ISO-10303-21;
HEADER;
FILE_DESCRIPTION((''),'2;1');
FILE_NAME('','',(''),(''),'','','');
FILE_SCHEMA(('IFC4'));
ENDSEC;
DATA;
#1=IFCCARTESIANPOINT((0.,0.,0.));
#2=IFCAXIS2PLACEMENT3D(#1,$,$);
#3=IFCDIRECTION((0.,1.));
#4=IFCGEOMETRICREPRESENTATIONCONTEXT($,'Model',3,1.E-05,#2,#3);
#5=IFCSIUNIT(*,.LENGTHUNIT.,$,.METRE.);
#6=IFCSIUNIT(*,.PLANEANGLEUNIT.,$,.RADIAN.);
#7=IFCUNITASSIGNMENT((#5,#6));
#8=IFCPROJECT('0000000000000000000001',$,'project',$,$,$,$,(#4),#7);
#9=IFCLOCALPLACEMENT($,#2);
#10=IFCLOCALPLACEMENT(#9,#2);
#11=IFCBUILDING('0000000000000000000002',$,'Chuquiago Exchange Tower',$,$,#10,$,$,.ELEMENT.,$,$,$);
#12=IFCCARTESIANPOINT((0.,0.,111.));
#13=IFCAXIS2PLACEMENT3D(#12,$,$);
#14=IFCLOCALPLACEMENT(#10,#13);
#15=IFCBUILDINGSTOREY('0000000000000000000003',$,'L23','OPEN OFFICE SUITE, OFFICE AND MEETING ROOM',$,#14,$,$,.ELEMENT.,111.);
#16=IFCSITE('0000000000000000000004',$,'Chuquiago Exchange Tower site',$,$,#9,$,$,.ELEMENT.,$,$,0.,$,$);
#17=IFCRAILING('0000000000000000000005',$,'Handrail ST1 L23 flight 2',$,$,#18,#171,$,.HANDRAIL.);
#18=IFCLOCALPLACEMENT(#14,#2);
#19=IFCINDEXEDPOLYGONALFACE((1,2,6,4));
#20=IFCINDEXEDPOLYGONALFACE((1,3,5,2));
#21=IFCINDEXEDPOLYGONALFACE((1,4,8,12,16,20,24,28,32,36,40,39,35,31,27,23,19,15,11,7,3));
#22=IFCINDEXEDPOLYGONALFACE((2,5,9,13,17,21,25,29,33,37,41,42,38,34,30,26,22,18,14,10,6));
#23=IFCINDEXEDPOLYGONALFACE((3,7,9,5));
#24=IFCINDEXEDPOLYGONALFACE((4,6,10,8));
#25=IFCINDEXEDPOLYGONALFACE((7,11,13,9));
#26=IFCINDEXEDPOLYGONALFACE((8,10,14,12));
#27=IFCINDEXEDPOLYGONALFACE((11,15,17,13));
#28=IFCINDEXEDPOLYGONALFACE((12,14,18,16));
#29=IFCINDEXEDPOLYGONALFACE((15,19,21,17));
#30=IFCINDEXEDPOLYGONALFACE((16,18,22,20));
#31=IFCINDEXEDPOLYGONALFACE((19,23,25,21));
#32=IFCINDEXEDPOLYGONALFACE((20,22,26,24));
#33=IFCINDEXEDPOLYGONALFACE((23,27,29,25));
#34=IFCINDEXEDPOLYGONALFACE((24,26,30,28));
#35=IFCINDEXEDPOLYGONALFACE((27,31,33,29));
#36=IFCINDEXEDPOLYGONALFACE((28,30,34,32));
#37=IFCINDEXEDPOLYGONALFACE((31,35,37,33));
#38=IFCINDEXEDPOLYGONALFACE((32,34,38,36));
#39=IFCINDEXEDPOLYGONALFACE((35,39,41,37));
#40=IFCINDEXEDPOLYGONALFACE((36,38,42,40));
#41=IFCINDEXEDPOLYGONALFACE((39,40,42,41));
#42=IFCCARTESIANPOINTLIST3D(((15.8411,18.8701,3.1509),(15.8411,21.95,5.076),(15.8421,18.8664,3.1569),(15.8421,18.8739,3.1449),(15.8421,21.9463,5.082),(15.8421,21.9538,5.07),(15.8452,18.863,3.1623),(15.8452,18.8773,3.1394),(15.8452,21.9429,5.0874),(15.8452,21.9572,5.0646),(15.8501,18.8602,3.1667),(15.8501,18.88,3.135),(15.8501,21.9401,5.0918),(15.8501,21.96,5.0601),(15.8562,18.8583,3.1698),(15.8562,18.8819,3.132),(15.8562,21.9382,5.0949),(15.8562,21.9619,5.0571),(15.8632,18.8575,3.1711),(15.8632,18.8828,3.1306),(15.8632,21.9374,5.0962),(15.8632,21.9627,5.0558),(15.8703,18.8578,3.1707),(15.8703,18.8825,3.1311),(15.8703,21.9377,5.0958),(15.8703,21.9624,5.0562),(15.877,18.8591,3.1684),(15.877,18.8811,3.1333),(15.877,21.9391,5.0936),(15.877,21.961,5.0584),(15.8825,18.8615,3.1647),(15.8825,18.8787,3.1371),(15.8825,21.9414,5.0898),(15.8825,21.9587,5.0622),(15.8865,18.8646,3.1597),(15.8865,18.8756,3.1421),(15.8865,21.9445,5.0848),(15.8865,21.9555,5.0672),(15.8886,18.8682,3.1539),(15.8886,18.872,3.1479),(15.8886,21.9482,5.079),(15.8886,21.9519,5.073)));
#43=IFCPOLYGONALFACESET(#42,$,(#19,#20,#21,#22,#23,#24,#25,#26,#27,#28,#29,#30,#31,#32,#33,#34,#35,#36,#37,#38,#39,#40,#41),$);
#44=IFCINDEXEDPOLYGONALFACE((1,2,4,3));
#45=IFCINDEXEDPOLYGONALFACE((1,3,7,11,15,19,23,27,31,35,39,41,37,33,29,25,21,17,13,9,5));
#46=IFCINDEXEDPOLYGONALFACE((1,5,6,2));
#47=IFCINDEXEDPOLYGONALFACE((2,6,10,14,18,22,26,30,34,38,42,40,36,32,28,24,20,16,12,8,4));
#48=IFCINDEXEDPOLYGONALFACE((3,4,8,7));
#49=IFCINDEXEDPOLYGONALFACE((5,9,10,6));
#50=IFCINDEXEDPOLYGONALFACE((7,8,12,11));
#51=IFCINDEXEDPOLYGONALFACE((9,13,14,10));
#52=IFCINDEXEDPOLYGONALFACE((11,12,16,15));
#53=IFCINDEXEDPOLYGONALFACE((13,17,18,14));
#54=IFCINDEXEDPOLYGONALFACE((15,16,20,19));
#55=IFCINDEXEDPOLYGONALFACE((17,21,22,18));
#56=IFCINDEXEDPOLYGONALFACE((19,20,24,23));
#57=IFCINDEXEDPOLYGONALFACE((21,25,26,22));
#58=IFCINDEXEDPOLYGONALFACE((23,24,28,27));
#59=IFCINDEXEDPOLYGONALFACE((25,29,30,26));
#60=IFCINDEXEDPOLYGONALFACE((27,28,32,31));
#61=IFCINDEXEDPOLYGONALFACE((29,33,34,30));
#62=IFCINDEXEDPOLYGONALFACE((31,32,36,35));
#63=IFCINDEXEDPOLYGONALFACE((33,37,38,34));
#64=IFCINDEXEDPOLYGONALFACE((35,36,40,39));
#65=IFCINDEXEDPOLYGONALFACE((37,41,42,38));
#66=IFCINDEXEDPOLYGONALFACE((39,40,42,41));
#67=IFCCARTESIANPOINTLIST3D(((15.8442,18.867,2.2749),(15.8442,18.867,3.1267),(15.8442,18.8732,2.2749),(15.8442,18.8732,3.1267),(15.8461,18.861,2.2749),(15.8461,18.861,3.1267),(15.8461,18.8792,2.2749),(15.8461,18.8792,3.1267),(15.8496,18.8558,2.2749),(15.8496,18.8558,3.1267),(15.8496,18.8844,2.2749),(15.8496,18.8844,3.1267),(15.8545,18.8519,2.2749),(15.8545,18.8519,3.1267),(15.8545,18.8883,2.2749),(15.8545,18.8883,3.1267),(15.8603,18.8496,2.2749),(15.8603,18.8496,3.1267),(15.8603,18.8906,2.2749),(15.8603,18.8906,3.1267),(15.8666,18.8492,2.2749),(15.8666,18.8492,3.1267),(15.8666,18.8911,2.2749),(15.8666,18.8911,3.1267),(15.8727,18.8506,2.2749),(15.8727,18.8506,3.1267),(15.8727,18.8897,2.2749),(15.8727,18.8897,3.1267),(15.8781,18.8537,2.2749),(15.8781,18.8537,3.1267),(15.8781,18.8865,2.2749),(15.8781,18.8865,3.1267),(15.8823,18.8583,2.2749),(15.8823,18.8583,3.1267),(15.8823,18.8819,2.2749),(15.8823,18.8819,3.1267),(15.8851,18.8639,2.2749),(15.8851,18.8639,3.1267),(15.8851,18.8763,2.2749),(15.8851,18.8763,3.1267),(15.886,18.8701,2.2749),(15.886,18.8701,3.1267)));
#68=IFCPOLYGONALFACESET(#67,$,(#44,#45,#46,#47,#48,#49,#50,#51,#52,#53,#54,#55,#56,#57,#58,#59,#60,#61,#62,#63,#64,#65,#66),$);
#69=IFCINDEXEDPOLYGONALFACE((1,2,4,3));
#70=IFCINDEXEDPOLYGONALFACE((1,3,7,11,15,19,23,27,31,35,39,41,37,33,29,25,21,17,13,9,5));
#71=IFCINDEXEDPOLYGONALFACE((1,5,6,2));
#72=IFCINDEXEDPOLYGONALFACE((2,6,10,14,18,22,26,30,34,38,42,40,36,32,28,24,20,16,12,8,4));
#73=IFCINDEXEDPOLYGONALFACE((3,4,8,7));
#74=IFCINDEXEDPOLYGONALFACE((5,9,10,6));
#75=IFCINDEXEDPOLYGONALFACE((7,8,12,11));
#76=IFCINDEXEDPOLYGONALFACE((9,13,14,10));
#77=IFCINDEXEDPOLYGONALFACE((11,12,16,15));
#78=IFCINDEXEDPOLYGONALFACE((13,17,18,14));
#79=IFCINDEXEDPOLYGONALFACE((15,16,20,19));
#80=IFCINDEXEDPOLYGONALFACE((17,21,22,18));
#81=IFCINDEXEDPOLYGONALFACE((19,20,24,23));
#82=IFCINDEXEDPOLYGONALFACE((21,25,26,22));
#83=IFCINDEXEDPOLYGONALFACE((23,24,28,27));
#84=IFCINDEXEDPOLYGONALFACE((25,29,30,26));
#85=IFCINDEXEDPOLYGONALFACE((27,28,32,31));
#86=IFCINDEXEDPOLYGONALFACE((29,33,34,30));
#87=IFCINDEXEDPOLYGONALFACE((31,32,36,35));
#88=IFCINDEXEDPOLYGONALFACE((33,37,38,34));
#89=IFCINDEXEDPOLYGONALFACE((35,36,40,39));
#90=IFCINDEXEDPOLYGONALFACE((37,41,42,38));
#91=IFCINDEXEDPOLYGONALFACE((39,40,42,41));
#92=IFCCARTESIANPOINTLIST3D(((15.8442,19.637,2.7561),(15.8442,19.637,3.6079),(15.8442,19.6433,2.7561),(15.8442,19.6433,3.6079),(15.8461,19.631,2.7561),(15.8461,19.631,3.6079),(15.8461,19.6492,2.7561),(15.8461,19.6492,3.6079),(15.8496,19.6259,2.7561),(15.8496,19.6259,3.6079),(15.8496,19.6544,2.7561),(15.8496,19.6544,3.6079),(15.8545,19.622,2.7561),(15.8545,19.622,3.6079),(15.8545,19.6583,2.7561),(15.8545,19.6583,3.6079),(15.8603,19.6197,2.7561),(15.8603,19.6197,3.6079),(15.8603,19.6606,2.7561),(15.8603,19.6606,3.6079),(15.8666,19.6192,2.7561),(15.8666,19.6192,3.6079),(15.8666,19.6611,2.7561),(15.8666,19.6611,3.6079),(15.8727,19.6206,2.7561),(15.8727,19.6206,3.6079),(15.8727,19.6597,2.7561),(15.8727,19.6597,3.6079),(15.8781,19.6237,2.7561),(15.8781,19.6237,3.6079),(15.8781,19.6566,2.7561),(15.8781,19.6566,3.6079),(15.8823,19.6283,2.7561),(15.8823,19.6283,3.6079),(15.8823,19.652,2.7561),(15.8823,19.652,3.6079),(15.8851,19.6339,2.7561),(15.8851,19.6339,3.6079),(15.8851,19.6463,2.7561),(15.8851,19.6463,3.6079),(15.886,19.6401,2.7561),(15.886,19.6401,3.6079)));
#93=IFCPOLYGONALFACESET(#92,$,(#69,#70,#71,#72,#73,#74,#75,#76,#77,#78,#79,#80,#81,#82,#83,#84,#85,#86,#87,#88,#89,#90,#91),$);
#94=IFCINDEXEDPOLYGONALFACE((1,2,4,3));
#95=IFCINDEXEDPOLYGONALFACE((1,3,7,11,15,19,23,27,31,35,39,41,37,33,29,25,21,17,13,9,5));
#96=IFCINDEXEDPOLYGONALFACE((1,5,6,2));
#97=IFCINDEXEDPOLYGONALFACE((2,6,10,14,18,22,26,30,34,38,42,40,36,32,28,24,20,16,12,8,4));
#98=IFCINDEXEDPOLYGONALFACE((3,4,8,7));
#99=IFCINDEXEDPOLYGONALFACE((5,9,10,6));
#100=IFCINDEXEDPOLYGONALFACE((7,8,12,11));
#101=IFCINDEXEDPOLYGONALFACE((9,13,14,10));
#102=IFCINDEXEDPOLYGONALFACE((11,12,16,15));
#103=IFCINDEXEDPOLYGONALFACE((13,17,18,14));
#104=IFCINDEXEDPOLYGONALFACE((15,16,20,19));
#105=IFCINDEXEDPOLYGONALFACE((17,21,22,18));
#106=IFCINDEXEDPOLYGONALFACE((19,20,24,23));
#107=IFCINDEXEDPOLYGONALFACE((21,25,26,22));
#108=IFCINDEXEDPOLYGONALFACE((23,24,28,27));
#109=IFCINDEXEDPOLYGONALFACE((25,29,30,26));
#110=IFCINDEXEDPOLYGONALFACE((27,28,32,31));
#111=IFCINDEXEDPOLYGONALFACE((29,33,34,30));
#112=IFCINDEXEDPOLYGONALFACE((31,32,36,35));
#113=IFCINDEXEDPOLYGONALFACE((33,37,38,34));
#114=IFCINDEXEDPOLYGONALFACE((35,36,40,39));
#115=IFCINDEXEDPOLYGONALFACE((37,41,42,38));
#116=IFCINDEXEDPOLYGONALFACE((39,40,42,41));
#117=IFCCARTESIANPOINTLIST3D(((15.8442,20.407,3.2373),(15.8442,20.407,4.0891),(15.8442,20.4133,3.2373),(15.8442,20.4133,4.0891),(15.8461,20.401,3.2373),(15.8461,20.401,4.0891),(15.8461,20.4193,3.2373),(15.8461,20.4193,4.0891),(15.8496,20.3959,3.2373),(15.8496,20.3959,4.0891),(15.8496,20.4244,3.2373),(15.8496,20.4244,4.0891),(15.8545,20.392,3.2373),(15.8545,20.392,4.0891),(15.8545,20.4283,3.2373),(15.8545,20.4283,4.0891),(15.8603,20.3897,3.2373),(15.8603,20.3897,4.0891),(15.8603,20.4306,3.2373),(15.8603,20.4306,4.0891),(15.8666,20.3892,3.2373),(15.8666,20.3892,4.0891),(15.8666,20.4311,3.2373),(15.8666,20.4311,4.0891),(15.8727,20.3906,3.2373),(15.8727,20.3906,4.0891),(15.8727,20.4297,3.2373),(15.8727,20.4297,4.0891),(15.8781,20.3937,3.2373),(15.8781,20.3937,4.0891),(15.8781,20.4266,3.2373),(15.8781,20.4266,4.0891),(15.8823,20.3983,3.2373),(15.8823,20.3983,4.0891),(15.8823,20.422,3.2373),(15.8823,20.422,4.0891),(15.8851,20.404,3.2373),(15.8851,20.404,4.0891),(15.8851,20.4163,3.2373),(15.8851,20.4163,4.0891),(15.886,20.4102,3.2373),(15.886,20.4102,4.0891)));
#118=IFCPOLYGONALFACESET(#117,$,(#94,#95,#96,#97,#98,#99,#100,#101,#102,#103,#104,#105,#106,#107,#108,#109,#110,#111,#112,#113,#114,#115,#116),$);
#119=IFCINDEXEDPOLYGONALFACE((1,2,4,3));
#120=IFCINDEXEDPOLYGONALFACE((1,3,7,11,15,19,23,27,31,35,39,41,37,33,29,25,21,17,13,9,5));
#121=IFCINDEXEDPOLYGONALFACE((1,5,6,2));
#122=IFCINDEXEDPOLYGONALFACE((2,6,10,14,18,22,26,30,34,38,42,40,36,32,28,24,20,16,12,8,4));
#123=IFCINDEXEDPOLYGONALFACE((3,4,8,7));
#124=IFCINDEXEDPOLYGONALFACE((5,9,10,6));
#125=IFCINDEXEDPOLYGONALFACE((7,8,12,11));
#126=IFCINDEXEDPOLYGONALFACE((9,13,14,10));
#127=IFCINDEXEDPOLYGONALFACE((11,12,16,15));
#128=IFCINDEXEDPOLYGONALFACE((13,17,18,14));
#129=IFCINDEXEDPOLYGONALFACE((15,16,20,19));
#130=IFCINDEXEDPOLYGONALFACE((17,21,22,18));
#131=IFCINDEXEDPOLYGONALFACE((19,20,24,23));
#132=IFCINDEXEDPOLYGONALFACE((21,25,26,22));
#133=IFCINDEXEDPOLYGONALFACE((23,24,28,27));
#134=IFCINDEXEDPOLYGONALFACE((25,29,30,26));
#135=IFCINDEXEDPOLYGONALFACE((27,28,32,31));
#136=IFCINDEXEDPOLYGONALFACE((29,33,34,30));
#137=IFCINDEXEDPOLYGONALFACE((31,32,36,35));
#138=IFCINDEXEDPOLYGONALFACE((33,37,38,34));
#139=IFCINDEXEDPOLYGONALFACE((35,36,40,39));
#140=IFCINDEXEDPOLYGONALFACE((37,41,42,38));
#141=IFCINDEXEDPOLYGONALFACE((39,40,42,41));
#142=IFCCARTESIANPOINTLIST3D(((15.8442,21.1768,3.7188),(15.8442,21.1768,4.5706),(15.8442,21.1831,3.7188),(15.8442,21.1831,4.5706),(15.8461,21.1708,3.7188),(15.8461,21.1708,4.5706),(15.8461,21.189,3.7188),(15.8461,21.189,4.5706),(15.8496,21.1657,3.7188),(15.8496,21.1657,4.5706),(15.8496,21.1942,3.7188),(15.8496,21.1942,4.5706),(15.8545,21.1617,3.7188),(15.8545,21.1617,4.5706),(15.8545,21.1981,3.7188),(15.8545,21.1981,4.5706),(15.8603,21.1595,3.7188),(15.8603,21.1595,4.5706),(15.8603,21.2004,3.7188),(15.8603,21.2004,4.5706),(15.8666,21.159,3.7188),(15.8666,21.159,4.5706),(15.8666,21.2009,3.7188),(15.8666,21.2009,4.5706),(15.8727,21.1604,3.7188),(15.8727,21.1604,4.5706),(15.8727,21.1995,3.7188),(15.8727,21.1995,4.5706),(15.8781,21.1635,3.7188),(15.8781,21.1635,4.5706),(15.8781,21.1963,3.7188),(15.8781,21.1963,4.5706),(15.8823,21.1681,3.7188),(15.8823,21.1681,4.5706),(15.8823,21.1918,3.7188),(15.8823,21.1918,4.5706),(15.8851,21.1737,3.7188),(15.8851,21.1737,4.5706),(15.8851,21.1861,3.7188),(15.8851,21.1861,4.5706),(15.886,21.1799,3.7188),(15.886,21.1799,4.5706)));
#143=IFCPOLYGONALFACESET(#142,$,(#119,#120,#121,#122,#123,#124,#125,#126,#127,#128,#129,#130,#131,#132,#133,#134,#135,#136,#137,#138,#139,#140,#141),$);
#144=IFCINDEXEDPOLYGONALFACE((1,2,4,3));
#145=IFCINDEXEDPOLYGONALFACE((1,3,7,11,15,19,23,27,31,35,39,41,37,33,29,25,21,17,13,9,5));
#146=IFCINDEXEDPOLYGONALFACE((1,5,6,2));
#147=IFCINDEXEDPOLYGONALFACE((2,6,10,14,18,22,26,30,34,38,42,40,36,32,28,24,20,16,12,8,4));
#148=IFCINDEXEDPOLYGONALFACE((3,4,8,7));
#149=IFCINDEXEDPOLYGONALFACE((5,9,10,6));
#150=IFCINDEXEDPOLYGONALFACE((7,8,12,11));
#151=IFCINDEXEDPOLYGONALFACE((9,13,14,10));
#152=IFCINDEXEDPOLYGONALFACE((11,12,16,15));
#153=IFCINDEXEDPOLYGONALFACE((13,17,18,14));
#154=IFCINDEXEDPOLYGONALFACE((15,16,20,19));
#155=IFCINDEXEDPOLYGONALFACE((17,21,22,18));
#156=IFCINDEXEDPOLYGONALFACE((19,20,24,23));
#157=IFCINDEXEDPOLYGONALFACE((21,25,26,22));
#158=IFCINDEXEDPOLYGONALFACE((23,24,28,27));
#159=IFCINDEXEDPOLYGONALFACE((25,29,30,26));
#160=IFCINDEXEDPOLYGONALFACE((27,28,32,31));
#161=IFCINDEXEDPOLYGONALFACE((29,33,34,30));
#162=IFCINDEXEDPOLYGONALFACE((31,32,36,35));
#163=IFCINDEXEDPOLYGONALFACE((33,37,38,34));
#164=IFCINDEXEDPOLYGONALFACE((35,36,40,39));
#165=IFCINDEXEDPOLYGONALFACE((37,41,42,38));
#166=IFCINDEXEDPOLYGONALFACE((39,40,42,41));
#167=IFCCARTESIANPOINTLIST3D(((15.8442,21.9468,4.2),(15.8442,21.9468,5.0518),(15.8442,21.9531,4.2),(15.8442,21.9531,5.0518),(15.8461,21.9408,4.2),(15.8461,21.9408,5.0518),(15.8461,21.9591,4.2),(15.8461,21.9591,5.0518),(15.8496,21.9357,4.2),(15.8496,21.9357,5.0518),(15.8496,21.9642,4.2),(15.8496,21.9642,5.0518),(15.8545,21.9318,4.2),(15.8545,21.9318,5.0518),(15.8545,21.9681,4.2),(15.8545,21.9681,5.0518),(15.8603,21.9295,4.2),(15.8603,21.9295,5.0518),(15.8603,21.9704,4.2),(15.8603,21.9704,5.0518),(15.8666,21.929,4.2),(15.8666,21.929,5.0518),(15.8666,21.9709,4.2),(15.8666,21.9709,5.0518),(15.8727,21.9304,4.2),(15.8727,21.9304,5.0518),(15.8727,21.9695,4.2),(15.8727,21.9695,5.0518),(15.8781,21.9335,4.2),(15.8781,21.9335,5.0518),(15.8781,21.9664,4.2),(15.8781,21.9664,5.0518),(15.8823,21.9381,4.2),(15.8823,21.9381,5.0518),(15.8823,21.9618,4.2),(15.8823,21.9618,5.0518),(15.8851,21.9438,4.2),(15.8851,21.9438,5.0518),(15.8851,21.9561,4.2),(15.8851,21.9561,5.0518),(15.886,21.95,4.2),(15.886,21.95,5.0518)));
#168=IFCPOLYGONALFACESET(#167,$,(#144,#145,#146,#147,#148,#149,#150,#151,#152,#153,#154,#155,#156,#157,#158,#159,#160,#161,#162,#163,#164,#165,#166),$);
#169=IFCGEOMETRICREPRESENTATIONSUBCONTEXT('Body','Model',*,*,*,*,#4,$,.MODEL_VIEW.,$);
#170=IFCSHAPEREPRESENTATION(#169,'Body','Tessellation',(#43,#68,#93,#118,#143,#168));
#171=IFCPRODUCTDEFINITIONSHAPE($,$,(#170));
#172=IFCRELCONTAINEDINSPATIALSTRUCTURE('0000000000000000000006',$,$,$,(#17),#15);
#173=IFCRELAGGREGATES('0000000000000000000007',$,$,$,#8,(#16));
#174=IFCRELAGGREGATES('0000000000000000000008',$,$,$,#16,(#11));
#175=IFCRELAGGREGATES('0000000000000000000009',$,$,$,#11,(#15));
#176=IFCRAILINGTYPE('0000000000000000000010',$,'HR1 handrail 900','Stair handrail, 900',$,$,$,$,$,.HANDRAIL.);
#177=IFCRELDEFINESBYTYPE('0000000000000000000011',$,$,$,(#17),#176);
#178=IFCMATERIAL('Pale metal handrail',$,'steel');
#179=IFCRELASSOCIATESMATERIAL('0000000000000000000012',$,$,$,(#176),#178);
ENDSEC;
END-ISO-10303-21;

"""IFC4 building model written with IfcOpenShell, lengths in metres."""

from ifc_helpers import new_model, si_unit, direction, frame, origin, origin_2d, place, context, subcontext, project, spatial, circle, extrude, material, type_object, element, save


model = new_model("IFC4")

# Units and contexts
model_context = context("Model", 3, precision=1e-05, world=origin(), true_north=direction((0.0, 1.0)))
body_context = subcontext(model_context, "Body", "Model", "MODEL_VIEW")
ifc_project = project(units=[si_unit("LENGTHUNIT", "METRE"), si_unit("PLANEANGLEUNIT", "RADIAN")], contexts=[model_context])

# Site, building, storey
site_placement = place(None, origin())
site = spatial("IfcSite", under=ifc_project, at=site_placement, Name="Chuquiago Exchange Tower site", CompositionType="ELEMENT", RefElevation=0.0)
building_placement = place(site_placement, origin())
building = spatial("IfcBuilding", under=site, at=building_placement, Name="Chuquiago Exchange Tower", CompositionType="ELEMENT")
storey_placement = place(building_placement, frame((0.0, 0.0, 111.0)))
storey = spatial("IfcBuildingStorey", under=building, at=storey_placement, Name="L23", Description="OPEN OFFICE SUITE, OFFICE AND MEETING ROOM", CompositionType="ELEMENT", Elevation=111.0)

# Railing
ifc_material_1 = material(Name="Pale metal handrail", Category="steel")
railing_type_1 = type_object("IfcRailingType", Name="HR1 handrail 900", Description="Stair handrail, 900", PredefinedType="HANDRAIL", material=ifc_material_1)
railing_1_placement = place(storey_placement, frame((15.865, 18.8701, 2.2749)))
element("IfcRailing", 1, at=railing_1_placement, inside=storey, type_object=railing_type_1, Name="Handrail ST1 L23 flight 2", PredefinedType="HANDRAIL", context=body_context, shape_type="SweptSolid", body=[
    extrude(circle(Radius=0.0239, at=origin_2d()), frame((0.0, 0.0, 0.876), z_axis=(0.0, 0.847979, 0.530029), x_axis=(-1.0, 0.0, 0.0)), (0.0, 0.0, 1.0), 3.6321),
    extrude(circle(Radius=0.021, at=origin_2d()), origin(), (0.0, 0.0, 1.0), 0.8518),
    extrude(circle(Radius=0.021, at=origin_2d()), frame((0.0, 0.77, 0.4812)), (0.0, 0.0, 1.0), 0.8518),
    extrude(circle(Radius=0.021, at=origin_2d()), frame((0.0, 1.54, 0.9624)), (0.0, 0.0, 1.0), 0.8518),
    extrude(circle(Radius=0.021, at=origin_2d()), frame((0.0, 2.3098, 1.4438)), (0.0, 0.0, 1.0), 0.8518),
    extrude(circle(Radius=0.021, at=origin_2d()), frame((0.0, 3.0798, 1.925)), (0.0, 0.0, 1.0), 0.8518),
])

save(model, "model.ifc")
